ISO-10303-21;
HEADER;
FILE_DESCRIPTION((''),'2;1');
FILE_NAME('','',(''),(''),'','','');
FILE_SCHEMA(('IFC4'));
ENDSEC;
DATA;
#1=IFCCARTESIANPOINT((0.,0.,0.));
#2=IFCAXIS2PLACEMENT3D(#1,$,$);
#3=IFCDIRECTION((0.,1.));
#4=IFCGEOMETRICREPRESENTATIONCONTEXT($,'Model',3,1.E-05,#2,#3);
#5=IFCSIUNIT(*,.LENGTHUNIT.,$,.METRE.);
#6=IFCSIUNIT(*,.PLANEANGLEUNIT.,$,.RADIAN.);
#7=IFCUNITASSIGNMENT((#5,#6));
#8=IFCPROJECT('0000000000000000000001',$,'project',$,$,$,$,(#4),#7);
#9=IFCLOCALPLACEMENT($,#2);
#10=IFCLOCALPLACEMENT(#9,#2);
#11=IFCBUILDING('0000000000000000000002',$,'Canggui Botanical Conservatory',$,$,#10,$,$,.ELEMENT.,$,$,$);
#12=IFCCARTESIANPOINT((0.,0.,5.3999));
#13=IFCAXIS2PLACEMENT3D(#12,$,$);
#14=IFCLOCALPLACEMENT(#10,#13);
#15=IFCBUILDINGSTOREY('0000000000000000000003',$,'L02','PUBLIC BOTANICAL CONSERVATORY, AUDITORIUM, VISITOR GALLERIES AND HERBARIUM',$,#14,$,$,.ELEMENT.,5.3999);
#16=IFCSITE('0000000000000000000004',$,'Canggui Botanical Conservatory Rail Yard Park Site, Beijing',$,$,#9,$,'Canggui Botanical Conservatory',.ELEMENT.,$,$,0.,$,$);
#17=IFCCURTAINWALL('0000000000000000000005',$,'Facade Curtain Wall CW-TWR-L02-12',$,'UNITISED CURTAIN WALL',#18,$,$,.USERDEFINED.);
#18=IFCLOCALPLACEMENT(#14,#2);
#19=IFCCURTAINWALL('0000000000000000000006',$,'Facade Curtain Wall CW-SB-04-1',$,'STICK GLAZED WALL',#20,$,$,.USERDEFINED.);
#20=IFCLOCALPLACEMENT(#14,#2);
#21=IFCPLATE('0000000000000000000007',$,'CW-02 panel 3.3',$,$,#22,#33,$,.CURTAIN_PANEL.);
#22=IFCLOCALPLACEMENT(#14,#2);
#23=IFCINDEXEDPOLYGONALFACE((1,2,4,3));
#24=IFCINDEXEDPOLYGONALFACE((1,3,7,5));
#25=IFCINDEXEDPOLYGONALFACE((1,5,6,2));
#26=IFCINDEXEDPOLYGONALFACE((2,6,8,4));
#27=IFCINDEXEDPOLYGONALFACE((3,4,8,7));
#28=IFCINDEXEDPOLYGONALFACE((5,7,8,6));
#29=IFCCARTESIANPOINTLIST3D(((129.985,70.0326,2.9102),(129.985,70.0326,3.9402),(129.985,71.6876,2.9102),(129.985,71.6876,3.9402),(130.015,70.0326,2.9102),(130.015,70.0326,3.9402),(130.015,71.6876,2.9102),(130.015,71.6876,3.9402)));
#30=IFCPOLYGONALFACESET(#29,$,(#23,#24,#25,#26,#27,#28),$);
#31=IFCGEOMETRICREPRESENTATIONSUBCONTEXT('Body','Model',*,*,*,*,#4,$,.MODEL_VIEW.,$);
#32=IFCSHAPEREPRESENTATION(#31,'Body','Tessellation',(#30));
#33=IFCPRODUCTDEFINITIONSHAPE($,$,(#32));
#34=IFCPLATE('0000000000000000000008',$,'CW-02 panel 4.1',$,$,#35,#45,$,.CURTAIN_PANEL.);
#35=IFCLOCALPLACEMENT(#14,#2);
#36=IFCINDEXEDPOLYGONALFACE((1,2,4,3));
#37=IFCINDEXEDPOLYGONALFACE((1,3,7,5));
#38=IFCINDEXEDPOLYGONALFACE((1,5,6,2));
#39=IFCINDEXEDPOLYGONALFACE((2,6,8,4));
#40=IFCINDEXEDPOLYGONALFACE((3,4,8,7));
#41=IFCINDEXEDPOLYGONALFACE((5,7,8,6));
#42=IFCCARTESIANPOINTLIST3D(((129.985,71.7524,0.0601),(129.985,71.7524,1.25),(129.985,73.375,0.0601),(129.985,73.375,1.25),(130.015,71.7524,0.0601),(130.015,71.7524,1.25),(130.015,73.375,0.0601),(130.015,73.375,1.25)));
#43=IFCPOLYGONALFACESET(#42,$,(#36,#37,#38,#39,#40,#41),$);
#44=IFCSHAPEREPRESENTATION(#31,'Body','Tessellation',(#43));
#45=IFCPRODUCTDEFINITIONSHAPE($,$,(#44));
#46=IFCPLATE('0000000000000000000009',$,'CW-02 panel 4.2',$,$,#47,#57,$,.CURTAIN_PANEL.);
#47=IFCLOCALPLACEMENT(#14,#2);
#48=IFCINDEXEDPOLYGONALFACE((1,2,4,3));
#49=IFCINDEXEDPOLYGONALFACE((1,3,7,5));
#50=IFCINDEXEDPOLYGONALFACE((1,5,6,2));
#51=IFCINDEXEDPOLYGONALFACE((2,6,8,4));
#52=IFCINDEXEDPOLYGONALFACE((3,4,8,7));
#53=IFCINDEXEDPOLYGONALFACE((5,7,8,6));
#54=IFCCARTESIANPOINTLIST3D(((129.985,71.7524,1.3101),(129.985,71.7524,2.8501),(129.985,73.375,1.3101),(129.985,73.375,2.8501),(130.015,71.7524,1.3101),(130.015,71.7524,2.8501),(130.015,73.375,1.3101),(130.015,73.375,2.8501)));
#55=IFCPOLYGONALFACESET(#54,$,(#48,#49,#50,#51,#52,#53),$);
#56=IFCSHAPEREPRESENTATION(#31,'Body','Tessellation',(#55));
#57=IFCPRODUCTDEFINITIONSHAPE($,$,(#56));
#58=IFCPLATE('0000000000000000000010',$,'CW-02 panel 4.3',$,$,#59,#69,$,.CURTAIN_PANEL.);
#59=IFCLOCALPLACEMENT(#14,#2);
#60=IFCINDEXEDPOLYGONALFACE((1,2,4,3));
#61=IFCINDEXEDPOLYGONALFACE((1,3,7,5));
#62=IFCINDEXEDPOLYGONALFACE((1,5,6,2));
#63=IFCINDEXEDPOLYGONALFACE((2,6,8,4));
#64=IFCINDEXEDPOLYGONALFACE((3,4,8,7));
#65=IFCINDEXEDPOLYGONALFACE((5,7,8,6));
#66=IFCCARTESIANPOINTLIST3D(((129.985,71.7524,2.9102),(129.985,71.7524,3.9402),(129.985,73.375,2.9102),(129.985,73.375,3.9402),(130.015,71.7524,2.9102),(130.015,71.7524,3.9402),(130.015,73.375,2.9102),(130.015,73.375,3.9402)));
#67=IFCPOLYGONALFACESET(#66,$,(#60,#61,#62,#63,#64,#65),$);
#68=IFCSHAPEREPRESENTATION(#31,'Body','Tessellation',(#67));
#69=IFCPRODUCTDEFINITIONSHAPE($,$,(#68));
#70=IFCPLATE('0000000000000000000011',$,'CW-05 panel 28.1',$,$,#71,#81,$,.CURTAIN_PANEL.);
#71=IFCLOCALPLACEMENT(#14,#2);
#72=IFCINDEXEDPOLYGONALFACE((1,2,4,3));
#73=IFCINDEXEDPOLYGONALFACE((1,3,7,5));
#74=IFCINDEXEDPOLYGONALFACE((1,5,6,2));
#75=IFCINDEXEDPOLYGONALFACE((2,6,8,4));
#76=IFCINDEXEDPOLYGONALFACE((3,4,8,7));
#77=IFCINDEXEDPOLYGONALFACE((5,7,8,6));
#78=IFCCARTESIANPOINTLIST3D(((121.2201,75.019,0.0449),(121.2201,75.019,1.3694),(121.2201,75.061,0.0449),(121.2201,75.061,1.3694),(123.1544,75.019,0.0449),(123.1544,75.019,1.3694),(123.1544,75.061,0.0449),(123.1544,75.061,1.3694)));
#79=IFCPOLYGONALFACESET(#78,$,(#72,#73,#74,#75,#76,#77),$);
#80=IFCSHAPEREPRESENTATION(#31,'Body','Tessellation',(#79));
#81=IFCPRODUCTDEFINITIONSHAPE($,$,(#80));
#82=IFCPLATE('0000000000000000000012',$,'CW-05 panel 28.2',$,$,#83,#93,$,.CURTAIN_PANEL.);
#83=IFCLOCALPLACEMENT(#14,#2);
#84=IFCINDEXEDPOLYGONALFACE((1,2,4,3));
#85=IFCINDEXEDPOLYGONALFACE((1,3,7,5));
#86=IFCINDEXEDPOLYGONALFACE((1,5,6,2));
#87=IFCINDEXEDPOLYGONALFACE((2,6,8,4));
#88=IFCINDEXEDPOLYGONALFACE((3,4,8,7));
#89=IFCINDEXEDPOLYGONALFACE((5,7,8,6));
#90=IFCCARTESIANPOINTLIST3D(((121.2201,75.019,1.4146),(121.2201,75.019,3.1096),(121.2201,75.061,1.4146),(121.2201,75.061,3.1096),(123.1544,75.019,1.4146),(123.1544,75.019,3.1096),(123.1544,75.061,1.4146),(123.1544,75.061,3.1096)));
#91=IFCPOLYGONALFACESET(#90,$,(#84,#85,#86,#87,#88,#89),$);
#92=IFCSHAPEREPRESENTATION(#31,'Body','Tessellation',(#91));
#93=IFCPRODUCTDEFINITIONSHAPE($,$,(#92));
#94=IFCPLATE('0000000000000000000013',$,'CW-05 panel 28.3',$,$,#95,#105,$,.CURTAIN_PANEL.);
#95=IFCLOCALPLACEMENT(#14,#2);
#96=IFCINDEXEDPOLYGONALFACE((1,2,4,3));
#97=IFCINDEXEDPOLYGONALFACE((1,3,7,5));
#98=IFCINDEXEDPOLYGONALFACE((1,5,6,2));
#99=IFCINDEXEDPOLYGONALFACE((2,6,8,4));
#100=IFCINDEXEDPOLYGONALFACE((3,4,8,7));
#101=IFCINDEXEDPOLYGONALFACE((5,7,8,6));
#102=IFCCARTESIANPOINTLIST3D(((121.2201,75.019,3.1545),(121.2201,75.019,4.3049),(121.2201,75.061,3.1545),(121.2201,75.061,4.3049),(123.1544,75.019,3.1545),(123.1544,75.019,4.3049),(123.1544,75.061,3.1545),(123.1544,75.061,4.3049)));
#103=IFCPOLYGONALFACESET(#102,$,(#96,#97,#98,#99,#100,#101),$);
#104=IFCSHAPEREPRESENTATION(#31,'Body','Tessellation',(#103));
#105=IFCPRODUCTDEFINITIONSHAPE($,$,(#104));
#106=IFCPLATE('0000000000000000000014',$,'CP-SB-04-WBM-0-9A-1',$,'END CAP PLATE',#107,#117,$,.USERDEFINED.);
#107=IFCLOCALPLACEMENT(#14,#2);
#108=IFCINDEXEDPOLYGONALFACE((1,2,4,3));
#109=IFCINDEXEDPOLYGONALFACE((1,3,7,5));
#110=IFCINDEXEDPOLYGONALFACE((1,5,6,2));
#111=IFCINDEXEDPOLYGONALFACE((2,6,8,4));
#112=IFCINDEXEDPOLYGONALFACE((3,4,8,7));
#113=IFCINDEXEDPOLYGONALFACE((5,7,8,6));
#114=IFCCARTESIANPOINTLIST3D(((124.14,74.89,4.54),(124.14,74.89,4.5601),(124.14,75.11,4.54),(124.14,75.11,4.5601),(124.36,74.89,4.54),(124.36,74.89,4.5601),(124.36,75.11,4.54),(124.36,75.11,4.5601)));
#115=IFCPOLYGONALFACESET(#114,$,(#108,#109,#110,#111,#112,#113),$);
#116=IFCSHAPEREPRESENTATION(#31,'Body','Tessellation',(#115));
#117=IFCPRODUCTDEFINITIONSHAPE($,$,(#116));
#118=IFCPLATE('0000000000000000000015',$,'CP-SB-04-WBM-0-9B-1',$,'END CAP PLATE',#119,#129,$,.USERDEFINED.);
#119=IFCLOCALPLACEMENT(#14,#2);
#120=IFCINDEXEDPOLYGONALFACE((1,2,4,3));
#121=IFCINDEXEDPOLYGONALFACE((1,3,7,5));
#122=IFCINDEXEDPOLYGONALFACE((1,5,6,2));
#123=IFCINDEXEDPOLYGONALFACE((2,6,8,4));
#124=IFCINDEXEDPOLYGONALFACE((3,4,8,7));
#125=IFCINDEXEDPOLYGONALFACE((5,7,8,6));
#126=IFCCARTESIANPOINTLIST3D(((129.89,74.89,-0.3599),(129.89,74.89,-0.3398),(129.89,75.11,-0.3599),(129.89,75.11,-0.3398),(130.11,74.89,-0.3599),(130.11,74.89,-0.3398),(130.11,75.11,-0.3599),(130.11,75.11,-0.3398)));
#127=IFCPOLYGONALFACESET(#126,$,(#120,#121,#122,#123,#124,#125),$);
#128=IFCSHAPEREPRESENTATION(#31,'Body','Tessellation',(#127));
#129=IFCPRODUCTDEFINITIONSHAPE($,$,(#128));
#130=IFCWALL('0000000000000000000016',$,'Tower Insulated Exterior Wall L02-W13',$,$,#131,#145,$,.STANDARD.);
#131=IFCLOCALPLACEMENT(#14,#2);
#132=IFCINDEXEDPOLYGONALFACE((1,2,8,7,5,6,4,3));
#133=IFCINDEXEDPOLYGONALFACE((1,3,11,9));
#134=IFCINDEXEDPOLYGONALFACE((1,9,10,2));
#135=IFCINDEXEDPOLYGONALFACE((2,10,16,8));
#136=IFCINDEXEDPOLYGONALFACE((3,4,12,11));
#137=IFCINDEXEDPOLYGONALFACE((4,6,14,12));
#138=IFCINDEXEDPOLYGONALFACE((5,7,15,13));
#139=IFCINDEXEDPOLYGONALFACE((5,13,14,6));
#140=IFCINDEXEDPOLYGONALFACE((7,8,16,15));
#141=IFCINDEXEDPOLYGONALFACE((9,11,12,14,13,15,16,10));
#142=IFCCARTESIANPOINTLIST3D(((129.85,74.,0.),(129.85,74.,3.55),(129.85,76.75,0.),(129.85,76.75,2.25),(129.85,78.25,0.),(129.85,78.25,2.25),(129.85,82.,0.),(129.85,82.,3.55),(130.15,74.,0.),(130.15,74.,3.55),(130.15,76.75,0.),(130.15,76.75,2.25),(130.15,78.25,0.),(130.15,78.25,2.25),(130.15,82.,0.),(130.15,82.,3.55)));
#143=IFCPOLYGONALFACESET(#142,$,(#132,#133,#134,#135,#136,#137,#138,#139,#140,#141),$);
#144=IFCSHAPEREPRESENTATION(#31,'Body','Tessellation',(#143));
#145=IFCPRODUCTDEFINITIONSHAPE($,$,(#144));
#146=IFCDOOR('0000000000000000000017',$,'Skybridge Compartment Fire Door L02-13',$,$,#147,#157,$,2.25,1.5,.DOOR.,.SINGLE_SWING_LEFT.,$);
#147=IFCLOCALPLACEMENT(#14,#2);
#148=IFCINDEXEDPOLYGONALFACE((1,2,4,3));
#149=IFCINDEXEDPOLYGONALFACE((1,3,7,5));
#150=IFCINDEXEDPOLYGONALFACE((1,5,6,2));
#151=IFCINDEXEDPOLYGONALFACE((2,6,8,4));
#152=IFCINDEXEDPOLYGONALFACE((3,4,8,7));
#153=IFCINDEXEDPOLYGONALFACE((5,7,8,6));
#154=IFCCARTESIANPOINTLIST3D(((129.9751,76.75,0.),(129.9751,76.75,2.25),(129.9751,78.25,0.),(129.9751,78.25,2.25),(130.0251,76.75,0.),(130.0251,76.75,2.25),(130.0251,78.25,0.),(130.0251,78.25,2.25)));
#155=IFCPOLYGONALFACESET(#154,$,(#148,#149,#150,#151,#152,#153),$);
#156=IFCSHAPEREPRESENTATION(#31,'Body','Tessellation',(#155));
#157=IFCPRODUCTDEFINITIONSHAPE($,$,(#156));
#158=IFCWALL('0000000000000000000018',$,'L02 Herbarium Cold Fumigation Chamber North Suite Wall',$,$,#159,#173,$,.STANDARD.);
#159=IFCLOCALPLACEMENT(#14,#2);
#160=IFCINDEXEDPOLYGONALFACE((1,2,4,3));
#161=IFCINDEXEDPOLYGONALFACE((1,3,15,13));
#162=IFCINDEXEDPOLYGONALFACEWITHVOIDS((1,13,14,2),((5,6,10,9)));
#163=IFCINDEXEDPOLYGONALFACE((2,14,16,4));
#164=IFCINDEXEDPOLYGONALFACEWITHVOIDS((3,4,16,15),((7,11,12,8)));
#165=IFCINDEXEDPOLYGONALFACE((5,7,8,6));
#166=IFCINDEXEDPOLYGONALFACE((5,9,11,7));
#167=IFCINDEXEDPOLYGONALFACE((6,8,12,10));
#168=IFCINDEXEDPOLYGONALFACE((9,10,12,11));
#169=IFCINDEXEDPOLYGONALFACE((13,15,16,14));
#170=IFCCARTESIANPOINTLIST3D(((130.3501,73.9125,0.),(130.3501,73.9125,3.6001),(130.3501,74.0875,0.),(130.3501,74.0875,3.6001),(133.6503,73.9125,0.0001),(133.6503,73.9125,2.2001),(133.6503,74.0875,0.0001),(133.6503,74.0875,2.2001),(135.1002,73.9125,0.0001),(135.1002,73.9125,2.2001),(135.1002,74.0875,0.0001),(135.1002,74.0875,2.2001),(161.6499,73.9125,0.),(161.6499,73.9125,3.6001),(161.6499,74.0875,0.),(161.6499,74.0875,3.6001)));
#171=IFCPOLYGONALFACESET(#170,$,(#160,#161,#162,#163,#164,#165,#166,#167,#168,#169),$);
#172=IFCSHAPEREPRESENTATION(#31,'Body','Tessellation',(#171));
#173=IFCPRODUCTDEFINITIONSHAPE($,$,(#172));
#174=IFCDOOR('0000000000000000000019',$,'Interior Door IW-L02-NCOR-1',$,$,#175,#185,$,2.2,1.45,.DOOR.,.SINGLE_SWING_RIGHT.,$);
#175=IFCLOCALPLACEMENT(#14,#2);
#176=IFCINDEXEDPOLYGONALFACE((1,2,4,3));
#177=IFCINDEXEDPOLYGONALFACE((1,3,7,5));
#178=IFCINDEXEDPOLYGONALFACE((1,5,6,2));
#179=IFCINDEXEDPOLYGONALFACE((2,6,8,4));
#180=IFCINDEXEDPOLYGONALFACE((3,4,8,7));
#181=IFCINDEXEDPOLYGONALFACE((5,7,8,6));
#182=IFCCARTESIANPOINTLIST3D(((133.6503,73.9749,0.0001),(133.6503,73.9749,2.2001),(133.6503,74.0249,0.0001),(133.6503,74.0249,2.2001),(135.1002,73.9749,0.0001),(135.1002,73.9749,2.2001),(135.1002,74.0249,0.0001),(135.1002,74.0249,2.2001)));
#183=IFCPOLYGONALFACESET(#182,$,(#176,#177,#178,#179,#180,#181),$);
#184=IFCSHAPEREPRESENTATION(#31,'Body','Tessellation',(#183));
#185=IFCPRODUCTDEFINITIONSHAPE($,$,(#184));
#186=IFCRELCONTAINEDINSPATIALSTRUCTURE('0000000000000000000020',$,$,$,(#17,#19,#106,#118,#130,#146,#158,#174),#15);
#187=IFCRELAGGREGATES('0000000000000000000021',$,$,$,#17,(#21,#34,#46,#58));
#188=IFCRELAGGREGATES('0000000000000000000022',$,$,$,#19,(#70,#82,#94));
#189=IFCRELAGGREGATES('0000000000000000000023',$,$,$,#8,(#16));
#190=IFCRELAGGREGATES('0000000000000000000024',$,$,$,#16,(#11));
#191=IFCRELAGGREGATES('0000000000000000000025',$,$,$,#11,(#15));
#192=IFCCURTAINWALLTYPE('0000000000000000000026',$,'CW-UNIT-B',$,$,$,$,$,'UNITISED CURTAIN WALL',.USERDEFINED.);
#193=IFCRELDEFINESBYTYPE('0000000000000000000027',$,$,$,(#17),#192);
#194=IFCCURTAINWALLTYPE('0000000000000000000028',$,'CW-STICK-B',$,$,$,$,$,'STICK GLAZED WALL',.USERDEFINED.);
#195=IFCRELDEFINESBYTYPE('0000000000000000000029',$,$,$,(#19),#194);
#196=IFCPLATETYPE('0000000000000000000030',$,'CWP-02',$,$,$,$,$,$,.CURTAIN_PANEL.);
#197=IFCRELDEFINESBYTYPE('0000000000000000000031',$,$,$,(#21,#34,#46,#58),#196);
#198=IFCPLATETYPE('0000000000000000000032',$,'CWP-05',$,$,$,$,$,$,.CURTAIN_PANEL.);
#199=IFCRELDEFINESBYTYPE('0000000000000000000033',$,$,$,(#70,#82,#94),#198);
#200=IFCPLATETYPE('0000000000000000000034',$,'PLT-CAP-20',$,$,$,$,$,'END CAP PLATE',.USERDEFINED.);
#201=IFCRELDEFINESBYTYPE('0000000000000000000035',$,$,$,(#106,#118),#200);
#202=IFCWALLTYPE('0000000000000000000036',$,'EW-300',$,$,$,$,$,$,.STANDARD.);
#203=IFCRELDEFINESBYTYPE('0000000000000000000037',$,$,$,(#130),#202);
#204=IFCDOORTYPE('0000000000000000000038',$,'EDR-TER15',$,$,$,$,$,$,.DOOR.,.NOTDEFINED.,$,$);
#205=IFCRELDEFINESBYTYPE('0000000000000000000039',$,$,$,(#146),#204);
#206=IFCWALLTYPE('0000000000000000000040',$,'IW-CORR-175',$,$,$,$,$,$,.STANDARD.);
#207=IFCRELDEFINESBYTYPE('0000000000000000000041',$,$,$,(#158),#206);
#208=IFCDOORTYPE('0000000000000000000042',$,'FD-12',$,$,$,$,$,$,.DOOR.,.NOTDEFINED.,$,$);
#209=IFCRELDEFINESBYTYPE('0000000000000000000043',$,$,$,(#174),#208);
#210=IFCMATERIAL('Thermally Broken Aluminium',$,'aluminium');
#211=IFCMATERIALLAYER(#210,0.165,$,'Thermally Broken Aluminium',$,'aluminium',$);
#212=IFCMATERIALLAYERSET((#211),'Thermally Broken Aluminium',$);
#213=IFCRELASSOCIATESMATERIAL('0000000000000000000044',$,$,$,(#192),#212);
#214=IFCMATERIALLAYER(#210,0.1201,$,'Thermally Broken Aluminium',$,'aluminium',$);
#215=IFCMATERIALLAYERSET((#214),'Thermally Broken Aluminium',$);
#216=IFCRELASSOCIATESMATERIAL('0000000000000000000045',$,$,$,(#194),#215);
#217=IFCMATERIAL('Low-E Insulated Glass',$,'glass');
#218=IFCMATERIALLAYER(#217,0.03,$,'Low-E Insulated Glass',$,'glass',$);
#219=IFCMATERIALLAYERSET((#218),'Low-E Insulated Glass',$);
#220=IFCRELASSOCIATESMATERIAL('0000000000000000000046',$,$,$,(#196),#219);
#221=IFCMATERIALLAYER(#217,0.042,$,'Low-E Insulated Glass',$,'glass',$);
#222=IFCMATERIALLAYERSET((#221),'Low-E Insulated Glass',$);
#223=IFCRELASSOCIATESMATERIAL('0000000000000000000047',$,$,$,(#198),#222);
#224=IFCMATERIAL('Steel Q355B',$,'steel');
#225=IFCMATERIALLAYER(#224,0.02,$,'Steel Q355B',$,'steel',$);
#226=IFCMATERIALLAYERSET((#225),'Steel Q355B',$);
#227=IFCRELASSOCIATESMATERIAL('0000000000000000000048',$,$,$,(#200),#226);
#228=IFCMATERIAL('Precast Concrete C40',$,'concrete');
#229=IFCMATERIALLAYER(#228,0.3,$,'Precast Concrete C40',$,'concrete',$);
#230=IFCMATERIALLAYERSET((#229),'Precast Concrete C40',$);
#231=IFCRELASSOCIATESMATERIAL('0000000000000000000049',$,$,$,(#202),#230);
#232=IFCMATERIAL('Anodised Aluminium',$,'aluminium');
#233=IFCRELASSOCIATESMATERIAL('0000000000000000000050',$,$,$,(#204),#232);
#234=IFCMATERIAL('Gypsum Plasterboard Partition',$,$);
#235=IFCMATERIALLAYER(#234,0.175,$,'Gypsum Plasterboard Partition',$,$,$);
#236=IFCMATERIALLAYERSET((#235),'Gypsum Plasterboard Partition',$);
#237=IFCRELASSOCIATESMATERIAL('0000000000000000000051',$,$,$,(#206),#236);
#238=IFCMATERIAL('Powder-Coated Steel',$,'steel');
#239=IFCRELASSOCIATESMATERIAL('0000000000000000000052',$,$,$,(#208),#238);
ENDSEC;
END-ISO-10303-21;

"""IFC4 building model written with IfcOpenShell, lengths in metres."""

from ifc_helpers import new_model, si_unit, direction, frame, frame_2d, origin, origin_2d, place, context, subcontext, project, spatial, rectangle, extrude, material, layer, layer_set, type_object, element, fill, aggregate, save


model = new_model("IFC4")

# Units and contexts
model_context = context("Model", 3, precision=1e-05, world=origin(), true_north=direction((0.0, 1.0)))
body_context = subcontext(model_context, "Body", "Model", "MODEL_VIEW")
ifc_project = project(units=[si_unit("LENGTHUNIT", "METRE"), si_unit("PLANEANGLEUNIT", "RADIAN")], contexts=[model_context])

# Site, building, storey
site_placement = place(None, origin())
site = spatial("IfcSite", under=ifc_project, at=site_placement, Name="Canggui Botanical Conservatory Rail Yard Park Site, Beijing", LongName="Canggui Botanical Conservatory", CompositionType="ELEMENT", RefElevation=0.0)
building_placement = place(site_placement, origin())
building = spatial("IfcBuilding", under=site, at=building_placement, Name="Canggui Botanical Conservatory", CompositionType="ELEMENT")
storey_placement = place(building_placement, frame((0.0, 0.0, 5.3999)))
storey = spatial("IfcBuildingStorey", under=building, at=storey_placement, Name="L02", Description="PUBLIC BOTANICAL CONSERVATORY, AUDITORIUM, VISITOR GALLERIES AND HERBARIUM", CompositionType="ELEMENT", Elevation=5.3999)

# Curtain wall
ifc_material_1 = material(Name="Thermally Broken Aluminium", Category="aluminium")
ifc_layer_1 = layer(ifc_material_1, 0.165, Name="Thermally Broken Aluminium", Category="aluminium")
ifc_layer_set_1 = layer_set([ifc_layer_1], Name="Thermally Broken Aluminium")
curtain_wall_type_1 = type_object("IfcCurtainWallType", Name="CW-UNIT-B", ElementType="UNITISED CURTAIN WALL", PredefinedType="USERDEFINED", material=ifc_layer_set_1)
curtain_wall_1_placement = place(storey_placement, origin())
curtain_wall_1 = element("IfcCurtainWall", 1, at=curtain_wall_1_placement, inside=storey, type_object=curtain_wall_type_1, Name="Facade Curtain Wall CW-TWR-L02-12", ObjectType="UNITISED CURTAIN WALL", PredefinedType="USERDEFINED")

# Curtain wall
ifc_layer_2 = layer(ifc_material_1, 0.1201, Name="Thermally Broken Aluminium", Category="aluminium")
ifc_layer_set_2 = layer_set([ifc_layer_2], Name="Thermally Broken Aluminium")
curtain_wall_type_2 = type_object("IfcCurtainWallType", Name="CW-STICK-B", ElementType="STICK GLAZED WALL", PredefinedType="USERDEFINED", material=ifc_layer_set_2)
curtain_wall_2_placement = place(storey_placement, origin())
curtain_wall_2 = element("IfcCurtainWall", 2, at=curtain_wall_2_placement, inside=storey, type_object=curtain_wall_type_2, Name="Facade Curtain Wall CW-SB-04-1", ObjectType="STICK GLAZED WALL", PredefinedType="USERDEFINED")

# Plates
ifc_material_2 = material(Name="Low-E Insulated Glass", Category="glass")
ifc_layer_3 = layer(ifc_material_2, 0.03, Name="Low-E Insulated Glass", Category="glass")
ifc_layer_set_3 = layer_set([ifc_layer_3], Name="Low-E Insulated Glass")
plate_type_1 = type_object("IfcPlateType", Name="CWP-02", PredefinedType="CURTAIN_PANEL", material=ifc_layer_set_3)
plate_1_placement = place(storey_placement, frame((130.0, 70.8601, 2.9102), z_axis=(0.0, 0.0, 1.0), x_axis=(0.0, 1.0, 0.0)))
plate_1 = element("IfcPlate", 3, at=plate_1_placement, type_object=plate_type_1, Name="CW-02 panel 3.3", PredefinedType="CURTAIN_PANEL", context=body_context, shape_type="SweptSolid", body=[
    extrude(rectangle(XDim=1.655, YDim=0.03, at=origin_2d()), origin(), (0.0, 0.0, 1.0), 1.03),
])
plate_2_placement = place(storey_placement, frame((130.0, 72.5637, 0.0601), z_axis=(0.0, 0.0, 1.0), x_axis=(0.0, 1.0, 0.0)))
plate_2 = element("IfcPlate", 4, at=plate_2_placement, type_object=plate_type_1, Name="CW-02 panel 4.1", PredefinedType="CURTAIN_PANEL", context=body_context, shape_type="SweptSolid", body=[
    extrude(rectangle(XDim=1.6226, YDim=0.03, at=origin_2d()), origin(), (0.0, 0.0, 1.0), 1.1899),
])
plate_3_placement = place(storey_placement, frame((130.0, 72.5637, 1.3101), z_axis=(0.0, 0.0, 1.0), x_axis=(0.0, 1.0, 0.0)))
plate_3 = element("IfcPlate", 5, at=plate_3_placement, type_object=plate_type_1, Name="CW-02 panel 4.2", PredefinedType="CURTAIN_PANEL", context=body_context, shape_type="SweptSolid", body=[
    extrude(rectangle(XDim=1.6226, YDim=0.03, at=origin_2d()), origin(), (0.0, 0.0, 1.0), 1.54),
])
plate_4_placement = place(storey_placement, frame((130.0, 72.5637, 2.9102), z_axis=(0.0, 0.0, 1.0), x_axis=(0.0, 1.0, 0.0)))
plate_4 = element("IfcPlate", 6, at=plate_4_placement, type_object=plate_type_1, Name="CW-02 panel 4.3", PredefinedType="CURTAIN_PANEL", context=body_context, shape_type="SweptSolid", body=[
    extrude(rectangle(XDim=1.6226, YDim=0.03, at=origin_2d()), origin(), (0.0, 0.0, 1.0), 1.03),
])
aggregate(curtain_wall_1, [plate_1, plate_2, plate_3, plate_4])
ifc_layer_4 = layer(ifc_material_2, 0.042, Name="Low-E Insulated Glass", Category="glass")
ifc_layer_set_4 = layer_set([ifc_layer_4], Name="Low-E Insulated Glass")
plate_type_2 = type_object("IfcPlateType", Name="CWP-05", PredefinedType="CURTAIN_PANEL", material=ifc_layer_set_4)
plate_5_placement = place(storey_placement, frame((122.1873, 75.04, 0.0449), z_axis=(0.0, 0.0, 1.0), x_axis=(1.0, 0.0, 0.0)))
plate_5 = element("IfcPlate", 7, at=plate_5_placement, type_object=plate_type_2, Name="CW-05 panel 28.1", PredefinedType="CURTAIN_PANEL", context=body_context, shape_type="SweptSolid", body=[
    extrude(rectangle(XDim=1.9343, YDim=0.042, at=origin_2d()), origin(), (0.0, 0.0, 1.0), 1.3245),
])
plate_6_placement = place(storey_placement, frame((122.1873, 75.04, 1.4146), z_axis=(0.0, 0.0, 1.0), x_axis=(1.0, 0.0, 0.0)))
plate_6 = element("IfcPlate", 8, at=plate_6_placement, type_object=plate_type_2, Name="CW-05 panel 28.2", PredefinedType="CURTAIN_PANEL", context=body_context, shape_type="SweptSolid", body=[
    extrude(rectangle(XDim=1.9343, YDim=0.042, at=origin_2d()), origin(), (0.0, 0.0, 1.0), 1.6951),
])
plate_7_placement = place(storey_placement, frame((122.1873, 75.04, 3.1545), z_axis=(0.0, 0.0, 1.0), x_axis=(1.0, 0.0, 0.0)))
plate_7 = element("IfcPlate", 9, at=plate_7_placement, type_object=plate_type_2, Name="CW-05 panel 28.3", PredefinedType="CURTAIN_PANEL", context=body_context, shape_type="SweptSolid", body=[
    extrude(rectangle(XDim=1.9343, YDim=0.042, at=origin_2d()), origin(), (0.0, 0.0, 1.0), 1.1504),
])
aggregate(curtain_wall_2, [plate_5, plate_6, plate_7])

# Plates
ifc_material_3 = material(Name="Steel Q355B", Category="steel")
ifc_layer_5 = layer(ifc_material_3, 0.02, Name="Steel Q355B", Category="steel")
ifc_layer_set_5 = layer_set([ifc_layer_5], Name="Steel Q355B")
plate_type_3 = type_object("IfcPlateType", Name="PLT-CAP-20", ElementType="END CAP PLATE", PredefinedType="USERDEFINED", material=ifc_layer_set_5)
for number, where, z_axis, x_axis, name in (
    (10, (124.25, 75.0, 4.54), (0.0, 0.0, 1.0), (1.0, 0.0, 0.0), "CP-SB-04-WBM-0-9A-1"),
    (11, (130.0, 75.0, -0.3599), (0.0, 0.0, 1.0), (1.0, 0.0, 0.0), "CP-SB-04-WBM-0-9B-1"),
):
    element("IfcPlate", number, at=place(storey_placement, frame(where, z_axis=z_axis, x_axis=x_axis)), inside=storey, type_object=plate_type_3, Name=name, ObjectType="END CAP PLATE", PredefinedType="USERDEFINED", context=body_context, shape_type="SweptSolid", body=[
        extrude(rectangle(XDim=0.22, YDim=0.22, at=origin_2d()), origin(), (0.0, 0.0, 1.0), 0.02),
    ])

# Walls, openings, doors
ifc_material_4 = material(Name="Precast Concrete C40", Category="concrete")
ifc_layer_6 = layer(ifc_material_4, 0.3, Name="Precast Concrete C40", Category="concrete")
ifc_layer_set_6 = layer_set([ifc_layer_6], Name="Precast Concrete C40")
wall_type_1 = type_object("IfcWallType", Name="EW-300", PredefinedType="STANDARD", material=ifc_layer_set_6)
wall_1_placement = place(storey_placement, frame((130.0, 74.0, 0.0), z_axis=(0.0, 0.0, 1.0), x_axis=(0.0, 1.0, 0.0)))
wall_1 = element("IfcWall", 12, at=wall_1_placement, inside=storey, type_object=wall_type_1, Name="Tower Insulated Exterior Wall L02-W13", PredefinedType="STANDARD", context=body_context, shape_type="SweptSolid", body=[
    extrude(rectangle(XDim=8.0, YDim=0.3, at=frame_2d((4.0, 0.0))), origin(), (0.0, 0.0, 1.0), 3.55),
])
opening_1_placement = place(wall_1_placement, frame((2.75, 0.0, 0.0)))
opening_1 = element("IfcOpeningElement", 13, at=opening_1_placement, cuts=wall_1, PredefinedType="OPENING", context=body_context, shape_type="SweptSolid", body=[
    extrude(rectangle(XDim=1.5, YDim=2.25, at=frame_2d((0.75, 1.125))), frame((0.0, 0.1602, 0.0), z_axis=(0.0, -1.0, 0.0), x_axis=(1.0, 0.0, 0.0)), (0.0, 0.0, 1.0), 0.3201),
])
ifc_material_5 = material(Name="Anodised Aluminium", Category="aluminium")
door_type_1 = type_object("IfcDoorType", Name="EDR-TER15", OperationType="NOTDEFINED", PredefinedType="DOOR", material=ifc_material_5)
door_1_placement = place(opening_1_placement, origin())
door_1 = element("IfcDoor", 14, at=door_1_placement, inside=storey, type_object=door_type_1, Name="Skybridge Compartment Fire Door L02-13", OperationType="SINGLE_SWING_LEFT", OverallHeight=2.25, OverallWidth=1.5, PredefinedType="DOOR", context=body_context, shape_type="SweptSolid", body=[
    extrude(rectangle(XDim=1.5, YDim=2.25, at=frame_2d((0.75, 1.125))), frame((0.0, 0.0249, 0.0), z_axis=(0.0, -1.0, 0.0), x_axis=(1.0, 0.0, 0.0)), (0.0, 0.0, 1.0), 0.05),
])
fill(opening_1, door_1)
ifc_material_6 = material(Name="Gypsum Plasterboard Partition")
ifc_layer_7 = layer(ifc_material_6, 0.175, Name="Gypsum Plasterboard Partition")
ifc_layer_set_7 = layer_set([ifc_layer_7], Name="Gypsum Plasterboard Partition")
wall_type_2 = type_object("IfcWallType", Name="IW-CORR-175", PredefinedType="STANDARD", material=ifc_layer_set_7)
wall_2_placement = place(storey_placement, frame((130.3501, 74.0, 0.0), z_axis=(0.0, 0.0, 1.0), x_axis=(1.0, 0.0, 0.0)))
wall_2 = element("IfcWall", 15, at=wall_2_placement, inside=storey, type_object=wall_type_2, Name="L02 Herbarium Cold Fumigation Chamber North Suite Wall", PredefinedType="STANDARD", context=body_context, shape_type="SweptSolid", body=[
    extrude(rectangle(XDim=31.2998, YDim=0.175, at=frame_2d((15.6499, 0.0))), origin(), (0.0, 0.0, 1.0), 3.6001),
])
opening_2_placement = place(wall_2_placement, frame((3.3, 0.0, 0.0)))
opening_2 = element("IfcOpeningElement", 16, at=opening_2_placement, cuts=wall_2, PredefinedType="OPENING", context=body_context, shape_type="SweptSolid", body=[
    extrude(rectangle(XDim=1.45, YDim=2.2, at=frame_2d((0.7251, 1.1001))), frame((0.0, 0.0977, 0.0), z_axis=(0.0, -1.0, 0.0), x_axis=(1.0, 0.0, 0.0)), (0.0, 0.0, 1.0), 0.1951),
])
ifc_material_7 = material(Name="Powder-Coated Steel", Category="steel")
door_type_2 = type_object("IfcDoorType", Name="FD-12", OperationType="NOTDEFINED", PredefinedType="DOOR", material=ifc_material_7)
door_2_placement = place(opening_2_placement, origin())
door_2 = element("IfcDoor", 17, at=door_2_placement, inside=storey, type_object=door_type_2, Name="Interior Door IW-L02-NCOR-1", OperationType="SINGLE_SWING_RIGHT", OverallHeight=2.2, OverallWidth=1.45, PredefinedType="DOOR", context=body_context, shape_type="SweptSolid", body=[
    extrude(rectangle(XDim=1.45, YDim=2.2, at=frame_2d((0.7251, 1.1001))), frame((0.0, 0.0249, 0.0), z_axis=(0.0, -1.0, 0.0), x_axis=(1.0, 0.0, 0.0)), (0.0, 0.0, 1.0), 0.05),
])
fill(opening_2, door_2)

save(model, "model.ifc")
